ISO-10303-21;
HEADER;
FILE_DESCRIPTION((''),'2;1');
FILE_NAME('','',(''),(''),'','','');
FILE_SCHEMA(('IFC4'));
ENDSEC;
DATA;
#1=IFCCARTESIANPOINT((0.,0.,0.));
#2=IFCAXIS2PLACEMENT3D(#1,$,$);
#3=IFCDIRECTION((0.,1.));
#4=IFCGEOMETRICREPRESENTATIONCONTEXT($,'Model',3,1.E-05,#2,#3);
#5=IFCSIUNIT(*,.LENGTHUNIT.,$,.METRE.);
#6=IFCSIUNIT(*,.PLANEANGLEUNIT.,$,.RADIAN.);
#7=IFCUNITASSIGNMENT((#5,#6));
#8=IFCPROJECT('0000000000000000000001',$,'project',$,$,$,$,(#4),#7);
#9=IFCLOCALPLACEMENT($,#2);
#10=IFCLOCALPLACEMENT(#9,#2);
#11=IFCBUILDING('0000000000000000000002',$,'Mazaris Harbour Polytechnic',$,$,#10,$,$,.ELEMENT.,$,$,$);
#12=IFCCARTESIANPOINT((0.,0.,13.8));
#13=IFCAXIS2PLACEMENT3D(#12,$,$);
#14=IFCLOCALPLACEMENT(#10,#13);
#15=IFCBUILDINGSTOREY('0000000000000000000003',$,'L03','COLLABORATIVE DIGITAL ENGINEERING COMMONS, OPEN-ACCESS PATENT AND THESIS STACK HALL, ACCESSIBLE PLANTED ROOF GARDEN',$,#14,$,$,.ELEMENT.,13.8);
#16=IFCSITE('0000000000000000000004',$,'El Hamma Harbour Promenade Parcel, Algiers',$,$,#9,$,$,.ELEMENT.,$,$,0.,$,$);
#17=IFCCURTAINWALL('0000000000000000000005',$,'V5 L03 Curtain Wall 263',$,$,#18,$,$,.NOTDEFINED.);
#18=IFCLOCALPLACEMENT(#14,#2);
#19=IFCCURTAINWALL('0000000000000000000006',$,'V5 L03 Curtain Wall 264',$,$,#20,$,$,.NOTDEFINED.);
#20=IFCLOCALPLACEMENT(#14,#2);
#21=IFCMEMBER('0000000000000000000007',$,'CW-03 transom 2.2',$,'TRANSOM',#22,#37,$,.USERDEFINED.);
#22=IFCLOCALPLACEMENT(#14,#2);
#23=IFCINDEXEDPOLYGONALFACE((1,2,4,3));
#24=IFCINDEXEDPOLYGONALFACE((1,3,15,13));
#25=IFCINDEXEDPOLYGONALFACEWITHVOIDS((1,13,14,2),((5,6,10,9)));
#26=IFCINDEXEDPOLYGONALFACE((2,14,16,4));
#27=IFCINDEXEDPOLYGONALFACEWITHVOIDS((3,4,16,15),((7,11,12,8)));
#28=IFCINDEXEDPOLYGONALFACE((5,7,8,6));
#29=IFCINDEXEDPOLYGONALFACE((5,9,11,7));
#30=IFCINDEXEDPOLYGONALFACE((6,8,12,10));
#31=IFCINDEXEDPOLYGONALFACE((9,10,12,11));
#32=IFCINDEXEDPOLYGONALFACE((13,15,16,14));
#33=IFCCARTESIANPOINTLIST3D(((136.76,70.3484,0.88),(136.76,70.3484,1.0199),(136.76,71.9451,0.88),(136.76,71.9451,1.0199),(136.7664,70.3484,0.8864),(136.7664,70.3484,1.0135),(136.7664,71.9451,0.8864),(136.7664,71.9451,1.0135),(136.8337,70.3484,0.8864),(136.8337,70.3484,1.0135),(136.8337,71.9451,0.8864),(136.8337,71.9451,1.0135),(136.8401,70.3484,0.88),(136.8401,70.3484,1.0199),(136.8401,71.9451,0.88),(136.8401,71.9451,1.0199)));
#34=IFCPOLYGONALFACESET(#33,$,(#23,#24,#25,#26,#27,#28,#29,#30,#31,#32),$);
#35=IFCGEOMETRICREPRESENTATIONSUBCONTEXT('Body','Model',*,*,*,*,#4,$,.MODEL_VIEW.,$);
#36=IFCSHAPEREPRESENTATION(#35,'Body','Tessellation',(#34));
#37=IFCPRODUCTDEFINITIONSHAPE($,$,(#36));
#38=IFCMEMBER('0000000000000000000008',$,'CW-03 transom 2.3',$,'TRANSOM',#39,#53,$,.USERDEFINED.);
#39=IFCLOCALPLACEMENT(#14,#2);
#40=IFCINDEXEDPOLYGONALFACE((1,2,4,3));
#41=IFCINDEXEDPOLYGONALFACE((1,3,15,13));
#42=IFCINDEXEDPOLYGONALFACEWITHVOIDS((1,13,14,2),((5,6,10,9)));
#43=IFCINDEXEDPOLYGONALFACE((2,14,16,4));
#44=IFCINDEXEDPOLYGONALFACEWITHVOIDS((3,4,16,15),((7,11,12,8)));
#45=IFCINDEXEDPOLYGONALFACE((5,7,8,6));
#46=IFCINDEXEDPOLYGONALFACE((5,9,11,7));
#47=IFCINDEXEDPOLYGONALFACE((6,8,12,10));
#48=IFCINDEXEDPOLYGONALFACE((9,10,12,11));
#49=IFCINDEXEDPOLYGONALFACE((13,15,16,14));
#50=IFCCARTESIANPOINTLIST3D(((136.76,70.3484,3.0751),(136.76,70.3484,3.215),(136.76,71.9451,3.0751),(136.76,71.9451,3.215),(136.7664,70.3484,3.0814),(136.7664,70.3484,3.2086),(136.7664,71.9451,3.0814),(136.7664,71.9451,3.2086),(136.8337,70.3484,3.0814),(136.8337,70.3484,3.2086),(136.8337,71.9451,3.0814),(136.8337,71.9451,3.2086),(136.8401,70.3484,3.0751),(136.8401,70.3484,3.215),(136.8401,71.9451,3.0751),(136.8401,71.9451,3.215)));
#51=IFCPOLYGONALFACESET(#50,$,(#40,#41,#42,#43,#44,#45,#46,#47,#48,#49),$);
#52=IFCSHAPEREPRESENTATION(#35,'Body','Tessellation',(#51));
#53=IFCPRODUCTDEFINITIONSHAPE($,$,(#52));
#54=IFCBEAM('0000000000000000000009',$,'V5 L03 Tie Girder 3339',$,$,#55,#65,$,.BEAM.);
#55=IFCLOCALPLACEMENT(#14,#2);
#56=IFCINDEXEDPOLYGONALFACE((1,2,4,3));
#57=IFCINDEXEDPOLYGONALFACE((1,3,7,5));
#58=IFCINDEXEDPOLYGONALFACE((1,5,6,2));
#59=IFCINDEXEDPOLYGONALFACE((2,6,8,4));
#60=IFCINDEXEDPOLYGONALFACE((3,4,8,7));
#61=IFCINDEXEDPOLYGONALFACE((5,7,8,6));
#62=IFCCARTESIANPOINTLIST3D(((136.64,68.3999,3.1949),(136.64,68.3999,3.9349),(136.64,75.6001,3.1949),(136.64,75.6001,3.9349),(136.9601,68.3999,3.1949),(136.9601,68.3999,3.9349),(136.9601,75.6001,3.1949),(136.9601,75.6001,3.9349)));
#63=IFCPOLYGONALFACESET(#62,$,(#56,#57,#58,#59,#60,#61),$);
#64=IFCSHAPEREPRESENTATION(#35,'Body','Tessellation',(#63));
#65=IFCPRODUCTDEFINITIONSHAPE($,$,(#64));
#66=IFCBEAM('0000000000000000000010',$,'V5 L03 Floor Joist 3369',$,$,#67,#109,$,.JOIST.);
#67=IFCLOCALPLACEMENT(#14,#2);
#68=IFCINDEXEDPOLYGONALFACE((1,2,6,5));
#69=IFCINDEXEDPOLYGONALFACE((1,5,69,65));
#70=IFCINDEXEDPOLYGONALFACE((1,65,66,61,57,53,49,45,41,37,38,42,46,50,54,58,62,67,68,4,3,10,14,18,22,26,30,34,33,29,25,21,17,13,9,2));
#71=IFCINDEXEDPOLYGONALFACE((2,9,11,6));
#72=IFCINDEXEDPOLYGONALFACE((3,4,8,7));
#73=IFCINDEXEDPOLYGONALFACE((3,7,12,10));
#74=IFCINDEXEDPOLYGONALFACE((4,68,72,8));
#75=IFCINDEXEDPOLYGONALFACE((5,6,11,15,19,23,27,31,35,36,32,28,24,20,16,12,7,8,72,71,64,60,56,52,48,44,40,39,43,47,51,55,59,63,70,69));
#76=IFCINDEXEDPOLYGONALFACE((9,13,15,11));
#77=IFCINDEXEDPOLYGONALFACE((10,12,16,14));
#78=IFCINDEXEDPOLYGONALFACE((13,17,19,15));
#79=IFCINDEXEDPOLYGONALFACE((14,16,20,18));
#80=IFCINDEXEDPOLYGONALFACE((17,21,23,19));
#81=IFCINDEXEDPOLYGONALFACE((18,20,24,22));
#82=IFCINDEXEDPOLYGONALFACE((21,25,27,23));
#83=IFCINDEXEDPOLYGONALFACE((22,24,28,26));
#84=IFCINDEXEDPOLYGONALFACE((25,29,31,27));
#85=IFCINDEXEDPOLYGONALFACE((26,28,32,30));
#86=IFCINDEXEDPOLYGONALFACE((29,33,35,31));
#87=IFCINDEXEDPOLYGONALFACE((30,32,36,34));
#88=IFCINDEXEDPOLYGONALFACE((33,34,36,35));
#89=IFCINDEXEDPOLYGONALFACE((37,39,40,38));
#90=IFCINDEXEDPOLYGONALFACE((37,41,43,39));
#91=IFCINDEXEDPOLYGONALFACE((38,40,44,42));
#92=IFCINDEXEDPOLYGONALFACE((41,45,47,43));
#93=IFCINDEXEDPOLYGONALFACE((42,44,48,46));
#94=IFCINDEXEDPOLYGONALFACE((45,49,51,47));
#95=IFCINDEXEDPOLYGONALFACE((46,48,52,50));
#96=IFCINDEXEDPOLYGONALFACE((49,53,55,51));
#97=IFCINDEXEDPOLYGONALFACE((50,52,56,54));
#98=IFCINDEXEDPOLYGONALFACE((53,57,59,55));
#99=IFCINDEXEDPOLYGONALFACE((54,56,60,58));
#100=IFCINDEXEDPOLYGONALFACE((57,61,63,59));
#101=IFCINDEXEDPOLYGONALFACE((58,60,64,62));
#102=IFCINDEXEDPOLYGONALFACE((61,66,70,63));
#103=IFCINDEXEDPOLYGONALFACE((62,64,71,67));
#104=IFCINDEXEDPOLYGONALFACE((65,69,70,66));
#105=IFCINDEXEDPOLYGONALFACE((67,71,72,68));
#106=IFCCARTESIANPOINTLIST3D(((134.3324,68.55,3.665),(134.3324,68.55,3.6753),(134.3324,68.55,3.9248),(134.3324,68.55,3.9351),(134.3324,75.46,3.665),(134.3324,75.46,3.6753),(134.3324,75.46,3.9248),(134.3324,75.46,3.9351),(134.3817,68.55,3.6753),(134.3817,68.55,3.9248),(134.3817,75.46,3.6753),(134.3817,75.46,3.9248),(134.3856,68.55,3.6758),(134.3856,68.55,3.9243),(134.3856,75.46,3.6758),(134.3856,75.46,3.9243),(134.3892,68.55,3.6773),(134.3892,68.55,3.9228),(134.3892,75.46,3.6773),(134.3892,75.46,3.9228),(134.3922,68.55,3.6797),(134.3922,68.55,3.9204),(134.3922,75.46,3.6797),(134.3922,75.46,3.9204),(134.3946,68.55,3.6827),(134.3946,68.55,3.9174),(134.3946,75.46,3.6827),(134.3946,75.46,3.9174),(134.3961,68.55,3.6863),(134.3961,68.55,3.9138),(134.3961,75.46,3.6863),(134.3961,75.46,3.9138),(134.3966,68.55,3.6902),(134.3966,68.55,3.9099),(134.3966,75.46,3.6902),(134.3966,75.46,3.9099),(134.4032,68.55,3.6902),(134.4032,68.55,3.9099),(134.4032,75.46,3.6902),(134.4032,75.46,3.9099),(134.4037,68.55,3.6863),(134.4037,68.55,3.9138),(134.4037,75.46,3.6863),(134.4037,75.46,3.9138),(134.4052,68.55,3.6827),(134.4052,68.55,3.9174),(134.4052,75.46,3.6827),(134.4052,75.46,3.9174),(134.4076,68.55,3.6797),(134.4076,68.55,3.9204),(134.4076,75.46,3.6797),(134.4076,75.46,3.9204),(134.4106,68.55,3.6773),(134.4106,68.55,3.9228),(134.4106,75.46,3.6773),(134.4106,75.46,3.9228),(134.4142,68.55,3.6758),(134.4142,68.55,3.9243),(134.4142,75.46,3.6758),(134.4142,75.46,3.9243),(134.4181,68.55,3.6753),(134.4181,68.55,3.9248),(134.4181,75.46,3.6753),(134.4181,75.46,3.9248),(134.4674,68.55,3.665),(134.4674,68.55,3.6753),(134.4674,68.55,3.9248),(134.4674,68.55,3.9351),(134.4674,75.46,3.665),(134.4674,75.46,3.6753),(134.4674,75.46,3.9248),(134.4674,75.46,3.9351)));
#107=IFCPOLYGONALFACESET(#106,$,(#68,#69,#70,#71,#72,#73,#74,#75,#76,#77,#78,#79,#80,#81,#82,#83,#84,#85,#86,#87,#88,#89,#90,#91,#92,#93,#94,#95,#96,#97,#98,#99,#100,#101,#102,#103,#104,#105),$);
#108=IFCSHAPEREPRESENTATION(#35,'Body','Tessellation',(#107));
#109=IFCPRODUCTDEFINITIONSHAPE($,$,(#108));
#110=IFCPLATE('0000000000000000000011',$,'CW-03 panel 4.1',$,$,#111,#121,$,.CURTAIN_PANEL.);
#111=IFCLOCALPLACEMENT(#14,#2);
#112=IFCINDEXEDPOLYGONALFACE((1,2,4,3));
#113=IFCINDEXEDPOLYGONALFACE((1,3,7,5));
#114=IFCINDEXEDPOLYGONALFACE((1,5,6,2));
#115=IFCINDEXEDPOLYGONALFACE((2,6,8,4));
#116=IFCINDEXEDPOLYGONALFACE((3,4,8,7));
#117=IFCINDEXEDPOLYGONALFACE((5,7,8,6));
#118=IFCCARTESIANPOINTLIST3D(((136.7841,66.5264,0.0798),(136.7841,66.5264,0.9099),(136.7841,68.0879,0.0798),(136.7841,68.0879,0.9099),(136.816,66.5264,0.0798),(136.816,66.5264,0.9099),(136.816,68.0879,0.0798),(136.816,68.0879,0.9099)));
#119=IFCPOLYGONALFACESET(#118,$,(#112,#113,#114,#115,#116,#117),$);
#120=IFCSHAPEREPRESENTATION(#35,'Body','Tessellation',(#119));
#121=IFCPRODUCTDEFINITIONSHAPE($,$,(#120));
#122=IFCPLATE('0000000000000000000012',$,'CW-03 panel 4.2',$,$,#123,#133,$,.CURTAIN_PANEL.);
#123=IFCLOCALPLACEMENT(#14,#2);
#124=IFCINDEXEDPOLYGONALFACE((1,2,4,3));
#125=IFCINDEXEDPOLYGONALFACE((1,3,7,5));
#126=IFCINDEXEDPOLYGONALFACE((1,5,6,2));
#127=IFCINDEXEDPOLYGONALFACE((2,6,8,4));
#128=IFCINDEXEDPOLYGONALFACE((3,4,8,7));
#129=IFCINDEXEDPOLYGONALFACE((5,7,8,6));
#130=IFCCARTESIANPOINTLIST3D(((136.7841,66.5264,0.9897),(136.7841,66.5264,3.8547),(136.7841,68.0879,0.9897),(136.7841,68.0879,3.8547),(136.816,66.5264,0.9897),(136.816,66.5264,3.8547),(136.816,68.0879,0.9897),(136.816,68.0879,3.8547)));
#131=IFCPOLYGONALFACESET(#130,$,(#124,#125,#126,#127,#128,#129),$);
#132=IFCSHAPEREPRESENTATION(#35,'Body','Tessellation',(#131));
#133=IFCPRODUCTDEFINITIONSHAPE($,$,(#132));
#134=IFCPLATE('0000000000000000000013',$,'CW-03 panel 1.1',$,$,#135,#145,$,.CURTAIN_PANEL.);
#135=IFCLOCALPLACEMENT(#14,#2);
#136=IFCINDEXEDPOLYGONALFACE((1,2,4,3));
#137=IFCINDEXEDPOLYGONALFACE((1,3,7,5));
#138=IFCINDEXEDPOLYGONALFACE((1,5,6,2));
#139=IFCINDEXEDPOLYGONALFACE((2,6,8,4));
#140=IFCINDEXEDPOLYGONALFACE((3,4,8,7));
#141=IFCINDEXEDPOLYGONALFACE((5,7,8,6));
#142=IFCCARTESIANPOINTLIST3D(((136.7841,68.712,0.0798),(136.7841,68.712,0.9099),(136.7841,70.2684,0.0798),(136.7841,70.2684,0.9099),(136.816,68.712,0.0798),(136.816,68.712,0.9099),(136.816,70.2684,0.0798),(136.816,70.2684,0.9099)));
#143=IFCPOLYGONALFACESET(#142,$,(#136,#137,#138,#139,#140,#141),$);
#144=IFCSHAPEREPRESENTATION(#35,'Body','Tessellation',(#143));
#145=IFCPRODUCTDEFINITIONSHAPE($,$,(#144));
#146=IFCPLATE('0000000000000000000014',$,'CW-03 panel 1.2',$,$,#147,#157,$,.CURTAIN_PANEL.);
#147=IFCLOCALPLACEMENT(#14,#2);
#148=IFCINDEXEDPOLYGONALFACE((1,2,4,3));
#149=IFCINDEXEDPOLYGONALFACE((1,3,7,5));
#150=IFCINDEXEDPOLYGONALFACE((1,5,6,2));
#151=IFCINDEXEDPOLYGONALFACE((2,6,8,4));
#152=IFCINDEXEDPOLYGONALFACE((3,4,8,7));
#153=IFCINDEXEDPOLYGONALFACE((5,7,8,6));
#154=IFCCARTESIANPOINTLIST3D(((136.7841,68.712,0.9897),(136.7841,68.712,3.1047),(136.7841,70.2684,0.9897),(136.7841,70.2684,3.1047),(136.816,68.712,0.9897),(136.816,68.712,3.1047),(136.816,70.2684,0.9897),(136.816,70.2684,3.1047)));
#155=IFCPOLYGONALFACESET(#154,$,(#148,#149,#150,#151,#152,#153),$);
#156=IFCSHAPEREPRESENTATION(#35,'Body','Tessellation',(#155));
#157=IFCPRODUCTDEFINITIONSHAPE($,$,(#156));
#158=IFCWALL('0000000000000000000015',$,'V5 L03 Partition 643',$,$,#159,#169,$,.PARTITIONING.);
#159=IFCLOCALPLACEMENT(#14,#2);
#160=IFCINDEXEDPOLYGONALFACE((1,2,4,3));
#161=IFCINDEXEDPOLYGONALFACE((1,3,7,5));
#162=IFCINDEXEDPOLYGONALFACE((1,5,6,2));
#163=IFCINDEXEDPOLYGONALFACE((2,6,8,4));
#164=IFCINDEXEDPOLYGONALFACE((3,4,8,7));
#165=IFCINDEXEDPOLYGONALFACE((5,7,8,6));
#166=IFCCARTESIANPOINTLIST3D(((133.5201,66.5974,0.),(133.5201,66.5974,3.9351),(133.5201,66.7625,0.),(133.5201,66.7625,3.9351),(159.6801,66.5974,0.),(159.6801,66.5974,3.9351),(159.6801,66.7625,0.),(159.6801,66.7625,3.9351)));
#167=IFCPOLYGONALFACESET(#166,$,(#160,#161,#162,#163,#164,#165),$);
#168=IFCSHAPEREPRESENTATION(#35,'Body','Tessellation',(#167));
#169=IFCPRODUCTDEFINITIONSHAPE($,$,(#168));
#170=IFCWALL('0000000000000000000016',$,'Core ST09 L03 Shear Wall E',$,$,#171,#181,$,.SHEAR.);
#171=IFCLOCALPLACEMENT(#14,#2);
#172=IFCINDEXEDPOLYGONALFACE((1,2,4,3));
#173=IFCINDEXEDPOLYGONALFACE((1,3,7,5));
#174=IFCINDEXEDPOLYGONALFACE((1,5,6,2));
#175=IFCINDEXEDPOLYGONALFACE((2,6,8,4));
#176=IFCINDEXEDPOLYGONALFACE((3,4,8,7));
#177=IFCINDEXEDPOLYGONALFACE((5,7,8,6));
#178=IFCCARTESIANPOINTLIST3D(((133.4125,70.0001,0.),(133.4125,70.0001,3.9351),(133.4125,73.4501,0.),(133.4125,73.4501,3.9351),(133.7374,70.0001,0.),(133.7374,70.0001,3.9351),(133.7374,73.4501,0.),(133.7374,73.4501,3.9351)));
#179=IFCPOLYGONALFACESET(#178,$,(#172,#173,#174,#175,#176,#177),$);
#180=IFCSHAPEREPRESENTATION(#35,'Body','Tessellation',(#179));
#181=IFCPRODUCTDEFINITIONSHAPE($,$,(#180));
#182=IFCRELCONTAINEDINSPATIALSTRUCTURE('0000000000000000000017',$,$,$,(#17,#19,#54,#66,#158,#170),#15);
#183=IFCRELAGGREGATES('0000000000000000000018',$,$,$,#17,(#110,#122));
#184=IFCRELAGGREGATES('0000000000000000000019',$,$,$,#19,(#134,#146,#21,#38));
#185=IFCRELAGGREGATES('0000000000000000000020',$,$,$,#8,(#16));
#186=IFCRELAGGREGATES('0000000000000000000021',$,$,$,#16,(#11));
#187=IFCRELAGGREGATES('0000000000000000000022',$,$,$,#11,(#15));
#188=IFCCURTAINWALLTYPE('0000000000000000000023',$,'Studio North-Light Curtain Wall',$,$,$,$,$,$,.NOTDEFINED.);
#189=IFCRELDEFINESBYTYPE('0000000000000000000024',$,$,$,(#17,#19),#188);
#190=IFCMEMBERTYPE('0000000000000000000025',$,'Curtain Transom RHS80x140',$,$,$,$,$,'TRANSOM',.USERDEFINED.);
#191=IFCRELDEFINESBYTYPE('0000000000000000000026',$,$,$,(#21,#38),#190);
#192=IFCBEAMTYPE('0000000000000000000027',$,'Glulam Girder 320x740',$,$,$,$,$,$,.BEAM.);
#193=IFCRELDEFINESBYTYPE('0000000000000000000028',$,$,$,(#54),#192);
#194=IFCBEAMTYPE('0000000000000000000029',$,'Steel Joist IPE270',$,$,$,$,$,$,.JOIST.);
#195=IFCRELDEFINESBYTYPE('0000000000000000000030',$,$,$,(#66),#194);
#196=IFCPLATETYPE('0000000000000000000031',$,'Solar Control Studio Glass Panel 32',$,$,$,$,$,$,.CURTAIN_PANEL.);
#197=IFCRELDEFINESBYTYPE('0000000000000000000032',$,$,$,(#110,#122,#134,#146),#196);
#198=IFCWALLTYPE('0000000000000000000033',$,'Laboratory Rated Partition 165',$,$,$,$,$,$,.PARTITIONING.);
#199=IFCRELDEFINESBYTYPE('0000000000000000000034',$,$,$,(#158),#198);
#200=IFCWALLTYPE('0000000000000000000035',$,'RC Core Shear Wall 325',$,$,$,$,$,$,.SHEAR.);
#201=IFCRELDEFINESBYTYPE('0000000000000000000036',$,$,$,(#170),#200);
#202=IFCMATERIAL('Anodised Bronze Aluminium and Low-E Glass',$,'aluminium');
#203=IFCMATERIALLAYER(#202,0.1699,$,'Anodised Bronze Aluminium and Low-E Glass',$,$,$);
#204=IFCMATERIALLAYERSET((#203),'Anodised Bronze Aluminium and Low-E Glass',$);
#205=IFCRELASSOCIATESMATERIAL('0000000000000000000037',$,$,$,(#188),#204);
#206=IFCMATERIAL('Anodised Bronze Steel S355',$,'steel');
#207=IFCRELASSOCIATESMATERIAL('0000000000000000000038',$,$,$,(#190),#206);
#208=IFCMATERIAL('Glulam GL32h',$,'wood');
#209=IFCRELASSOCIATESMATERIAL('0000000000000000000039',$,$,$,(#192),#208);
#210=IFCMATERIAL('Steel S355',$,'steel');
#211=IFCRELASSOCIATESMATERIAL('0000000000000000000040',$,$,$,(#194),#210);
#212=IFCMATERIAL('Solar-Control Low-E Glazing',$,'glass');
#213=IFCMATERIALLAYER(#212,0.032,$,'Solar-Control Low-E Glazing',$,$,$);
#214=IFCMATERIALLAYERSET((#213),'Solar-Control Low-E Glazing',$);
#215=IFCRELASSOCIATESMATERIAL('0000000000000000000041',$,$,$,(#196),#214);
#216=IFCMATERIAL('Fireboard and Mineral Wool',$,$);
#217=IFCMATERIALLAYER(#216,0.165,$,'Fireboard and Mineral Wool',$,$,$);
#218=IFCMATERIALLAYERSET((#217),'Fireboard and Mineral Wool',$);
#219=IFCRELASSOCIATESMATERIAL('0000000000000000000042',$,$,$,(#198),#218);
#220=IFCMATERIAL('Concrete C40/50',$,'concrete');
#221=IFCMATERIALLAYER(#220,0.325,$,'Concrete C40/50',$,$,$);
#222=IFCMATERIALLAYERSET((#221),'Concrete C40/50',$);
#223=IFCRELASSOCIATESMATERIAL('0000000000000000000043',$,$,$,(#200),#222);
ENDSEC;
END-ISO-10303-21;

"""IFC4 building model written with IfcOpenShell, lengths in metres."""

from ifc_helpers import new_model, si_unit, direction, frame, frame_2d, origin, origin_2d, place, context, subcontext, project, spatial, rectangle, hollow_rectangle, i_section, extrude, material, layer, layer_set, material_profile, profile_set, type_object, element, aggregate, save


model = new_model("IFC4")

# Units and contexts
model_context = context("Model", 3, precision=1e-05, world=origin(), true_north=direction((0.0, 1.0)))
body_context = subcontext(model_context, "Body", "Model", "MODEL_VIEW")
ifc_project = project(units=[si_unit("LENGTHUNIT", "METRE"), si_unit("PLANEANGLEUNIT", "RADIAN")], contexts=[model_context])

# Site, building, storey
site_placement = place(None, origin())
site = spatial("IfcSite", under=ifc_project, at=site_placement, Name="El Hamma Harbour Promenade Parcel, Algiers", CompositionType="ELEMENT", RefElevation=0.0)
building_placement = place(site_placement, origin())
building = spatial("IfcBuilding", under=site, at=building_placement, Name="Mazaris Harbour Polytechnic", CompositionType="ELEMENT")
storey_placement = place(building_placement, frame((0.0, 0.0, 13.8)))
storey = spatial("IfcBuildingStorey", under=building, at=storey_placement, Name="L03", Description="COLLABORATIVE DIGITAL ENGINEERING COMMONS, OPEN-ACCESS PATENT AND THESIS STACK HALL, ACCESSIBLE PLANTED ROOF GARDEN", CompositionType="ELEMENT", Elevation=13.8)

# Curtain wall
ifc_material_1 = material(Name="Anodised Bronze Aluminium and Low-E Glass", Category="aluminium")
ifc_layer_1 = layer(ifc_material_1, 0.1699, Name="Anodised Bronze Aluminium and Low-E Glass")
ifc_layer_set_1 = layer_set([ifc_layer_1], Name="Anodised Bronze Aluminium and Low-E Glass")
curtain_wall_type = type_object("IfcCurtainWallType", Name="Studio North-Light Curtain Wall", PredefinedType="NOTDEFINED", material=ifc_layer_set_1)
curtain_wall_1_placement = place(storey_placement, origin())
curtain_wall_1 = element("IfcCurtainWall", 1, at=curtain_wall_1_placement, inside=storey, type_object=curtain_wall_type, Name="V5 L03 Curtain Wall 263", PredefinedType="NOTDEFINED")

# Curtain wall
curtain_wall_2_placement = place(storey_placement, origin())
curtain_wall_2 = element("IfcCurtainWall", 2, at=curtain_wall_2_placement, inside=storey, type_object=curtain_wall_type, Name="V5 L03 Curtain Wall 264", PredefinedType="NOTDEFINED")

# Members
ifc_material_2 = material(Name="Anodised Bronze Steel S355", Category="steel")
ifc_material_profile_1 = material_profile(ifc_material_2, hollow_rectangle(XDim=0.0801, YDim=0.1399, WallThickness=0.0063, at=origin_2d()), Name="RHS 80x140x6.3")
ifc_profile_set_1 = profile_set([ifc_material_profile_1], Name="Anodised Bronze Steel S355")
member_type_1 = type_object("IfcMemberType", Name="Curtain Transom RHS80x140", ElementType="TRANSOM", PredefinedType="USERDEFINED", material=ifc_profile_set_1)
member_1_placement = place(storey_placement, frame((136.8, 70.3484, 0.95), z_axis=(0.0, 1.0, 0.0), x_axis=(-1.0, 0.0, 0.0)))
member_1 = element("IfcMember", 3, at=member_1_placement, type_object=member_type_1, Name="CW-03 transom 2.2", ObjectType="TRANSOM", PredefinedType="USERDEFINED", context=body_context, shape_type="SweptSolid", body=[
    extrude(hollow_rectangle(XDim=0.0801, YDim=0.1399, WallThickness=0.0063, at=origin_2d()), origin(), (0.0, 0.0, 1.0), 1.5967),
])
member_2_placement = place(storey_placement, frame((136.8, 70.3484, 3.145), z_axis=(0.0, 1.0, 0.0), x_axis=(-1.0, 0.0, 0.0)))
member_2 = element("IfcMember", 4, at=member_2_placement, type_object=member_type_1, Name="CW-03 transom 2.3", ObjectType="TRANSOM", PredefinedType="USERDEFINED", context=body_context, shape_type="SweptSolid", body=[
    extrude(hollow_rectangle(XDim=0.0801, YDim=0.1399, WallThickness=0.0063, at=origin_2d()), origin(), (0.0, 0.0, 1.0), 1.5967),
])

# Beams
ifc_material_3 = material(Name="Glulam GL32h", Category="wood")
ifc_material_profile_2 = material_profile(ifc_material_3, rectangle(XDim=0.3201, YDim=0.74, at=origin_2d()), Name="RECT320x740")
ifc_profile_set_2 = profile_set([ifc_material_profile_2], Name="Glulam GL32h")
beam_type_1 = type_object("IfcBeamType", Name="Glulam Girder 320x740", PredefinedType="BEAM", material=ifc_profile_set_2)
beam_1_placement = place(storey_placement, frame((136.8, 68.3999, 3.5649), z_axis=(0.0, 1.0, 0.0), x_axis=(-1.0, 0.0, 0.0)))
element("IfcBeam", 5, at=beam_1_placement, inside=storey, type_object=beam_type_1, Name="V5 L03 Tie Girder 3339", PredefinedType="BEAM", context=body_context, shape_type="SweptSolid", body=[
    extrude(rectangle(XDim=0.3201, YDim=0.74, at=origin_2d()), origin(), (0.0, 0.0, 1.0), 7.2002),
])
ifc_material_4 = material(Name="Steel S355", Category="steel")
ifc_material_profile_3 = material_profile(ifc_material_4, i_section(OverallWidth=0.135, OverallDepth=0.27, WebThickness=0.0066, FlangeThickness=0.0103, FilletRadius=0.0149, at=origin_2d()), Name="IPE 270")
ifc_profile_set_3 = profile_set([ifc_material_profile_3], Name="Steel S355")
beam_type_2 = type_object("IfcBeamType", Name="Steel Joist IPE270", PredefinedType="JOIST", material=ifc_profile_set_3)
beam_2_placement = place(storey_placement, frame((134.3999, 68.55, 3.8), z_axis=(0.0, 1.0, 0.0), x_axis=(-1.0, 0.0, 0.0)))
element("IfcBeam", 6, at=beam_2_placement, inside=storey, type_object=beam_type_2, Name="V5 L03 Floor Joist 3369", PredefinedType="JOIST", context=body_context, shape_type="SweptSolid", body=[
    extrude(i_section(OverallWidth=0.135, OverallDepth=0.27, WebThickness=0.0066, FlangeThickness=0.0103, FilletRadius=0.0149, at=origin_2d()), origin(), (0.0, 0.0, 1.0), 6.9099),
])

# Plates
ifc_material_5 = material(Name="Solar-Control Low-E Glazing", Category="glass")
ifc_layer_2 = layer(ifc_material_5, 0.032, Name="Solar-Control Low-E Glazing")
ifc_layer_set_2 = layer_set([ifc_layer_2], Name="Solar-Control Low-E Glazing")
plate_type = type_object("IfcPlateType", Name="Solar Control Studio Glass Panel 32", PredefinedType="CURTAIN_PANEL", material=ifc_layer_set_2)
plate_1_placement = place(storey_placement, frame((136.8, 67.3071, 0.0798), z_axis=(0.0, 0.0, 1.0), x_axis=(0.0, 1.0, 0.0)))
plate_1 = element("IfcPlate", 7, at=plate_1_placement, type_object=plate_type, Name="CW-03 panel 4.1", PredefinedType="CURTAIN_PANEL", context=body_context, shape_type="SweptSolid", body=[
    extrude(rectangle(XDim=1.5615, YDim=0.032, at=origin_2d()), origin(), (0.0, 0.0, 1.0), 0.8301),
])
plate_2_placement = place(storey_placement, frame((136.8, 67.3071, 0.9897), z_axis=(0.0, 0.0, 1.0), x_axis=(0.0, 1.0, 0.0)))
plate_2 = element("IfcPlate", 8, at=plate_2_placement, type_object=plate_type, Name="CW-03 panel 4.2", PredefinedType="CURTAIN_PANEL", context=body_context, shape_type="SweptSolid", body=[
    extrude(rectangle(XDim=1.5615, YDim=0.032, at=origin_2d()), origin(), (0.0, 0.0, 1.0), 2.865),
])
aggregate(curtain_wall_1, [plate_1, plate_2])
plate_3_placement = place(storey_placement, frame((136.8, 69.4902, 0.0798), z_axis=(0.0, 0.0, 1.0), x_axis=(0.0, 1.0, 0.0)))
plate_3 = element("IfcPlate", 9, at=plate_3_placement, type_object=plate_type, Name="CW-03 panel 1.1", PredefinedType="CURTAIN_PANEL", context=body_context, shape_type="SweptSolid", body=[
    extrude(rectangle(XDim=1.5564, YDim=0.032, at=origin_2d()), origin(), (0.0, 0.0, 1.0), 0.8301),
])
plate_4_placement = place(storey_placement, frame((136.8, 69.4902, 0.9897), z_axis=(0.0, 0.0, 1.0), x_axis=(0.0, 1.0, 0.0)))
plate_4 = element("IfcPlate", 10, at=plate_4_placement, type_object=plate_type, Name="CW-03 panel 1.2", PredefinedType="CURTAIN_PANEL", context=body_context, shape_type="SweptSolid", body=[
    extrude(rectangle(XDim=1.5564, YDim=0.032, at=origin_2d()), origin(), (0.0, 0.0, 1.0), 2.115),
])
aggregate(curtain_wall_2, [plate_3, plate_4, member_1, member_2])

# Walls
ifc_material_6 = material(Name="Fireboard and Mineral Wool")
ifc_layer_3 = layer(ifc_material_6, 0.165, Name="Fireboard and Mineral Wool")
ifc_layer_set_3 = layer_set([ifc_layer_3], Name="Fireboard and Mineral Wool")
wall_type_1 = type_object("IfcWallType", Name="Laboratory Rated Partition 165", PredefinedType="PARTITIONING", material=ifc_layer_set_3)
wall_1_placement = place(storey_placement, frame((133.52, 66.6799, 0.0), z_axis=(0.0, 0.0, 1.0), x_axis=(1.0, 0.0, 0.0)))
element("IfcWall", 11, at=wall_1_placement, inside=storey, type_object=wall_type_1, Name="V5 L03 Partition 643", PredefinedType="PARTITIONING", context=body_context, shape_type="SweptSolid", body=[
    extrude(rectangle(XDim=26.1599, YDim=0.165, at=frame_2d((13.0801, 0.0))), origin(), (0.0, 0.0, 1.0), 3.9351),
])
ifc_material_7 = material(Name="Concrete C40/50", Category="concrete")
ifc_layer_4 = layer(ifc_material_7, 0.325, Name="Concrete C40/50")
ifc_layer_set_4 = layer_set([ifc_layer_4], Name="Concrete C40/50")
wall_type_2 = type_object("IfcWallType", Name="RC Core Shear Wall 325", PredefinedType="SHEAR", material=ifc_layer_set_4)
wall_2_placement = place(storey_placement, frame((133.575, 70.0, 0.0), z_axis=(0.0, 0.0, 1.0), x_axis=(0.0, 1.0, 0.0)))
element("IfcWall", 12, at=wall_2_placement, inside=storey, type_object=wall_type_2, Name="Core ST09 L03 Shear Wall E", PredefinedType="SHEAR", context=body_context, shape_type="SweptSolid", body=[
    extrude(rectangle(XDim=3.45, YDim=0.325, at=frame_2d((1.7251, 0.0))), origin(), (0.0, 0.0, 1.0), 3.9351),
])

save(model, "model.ifc")
